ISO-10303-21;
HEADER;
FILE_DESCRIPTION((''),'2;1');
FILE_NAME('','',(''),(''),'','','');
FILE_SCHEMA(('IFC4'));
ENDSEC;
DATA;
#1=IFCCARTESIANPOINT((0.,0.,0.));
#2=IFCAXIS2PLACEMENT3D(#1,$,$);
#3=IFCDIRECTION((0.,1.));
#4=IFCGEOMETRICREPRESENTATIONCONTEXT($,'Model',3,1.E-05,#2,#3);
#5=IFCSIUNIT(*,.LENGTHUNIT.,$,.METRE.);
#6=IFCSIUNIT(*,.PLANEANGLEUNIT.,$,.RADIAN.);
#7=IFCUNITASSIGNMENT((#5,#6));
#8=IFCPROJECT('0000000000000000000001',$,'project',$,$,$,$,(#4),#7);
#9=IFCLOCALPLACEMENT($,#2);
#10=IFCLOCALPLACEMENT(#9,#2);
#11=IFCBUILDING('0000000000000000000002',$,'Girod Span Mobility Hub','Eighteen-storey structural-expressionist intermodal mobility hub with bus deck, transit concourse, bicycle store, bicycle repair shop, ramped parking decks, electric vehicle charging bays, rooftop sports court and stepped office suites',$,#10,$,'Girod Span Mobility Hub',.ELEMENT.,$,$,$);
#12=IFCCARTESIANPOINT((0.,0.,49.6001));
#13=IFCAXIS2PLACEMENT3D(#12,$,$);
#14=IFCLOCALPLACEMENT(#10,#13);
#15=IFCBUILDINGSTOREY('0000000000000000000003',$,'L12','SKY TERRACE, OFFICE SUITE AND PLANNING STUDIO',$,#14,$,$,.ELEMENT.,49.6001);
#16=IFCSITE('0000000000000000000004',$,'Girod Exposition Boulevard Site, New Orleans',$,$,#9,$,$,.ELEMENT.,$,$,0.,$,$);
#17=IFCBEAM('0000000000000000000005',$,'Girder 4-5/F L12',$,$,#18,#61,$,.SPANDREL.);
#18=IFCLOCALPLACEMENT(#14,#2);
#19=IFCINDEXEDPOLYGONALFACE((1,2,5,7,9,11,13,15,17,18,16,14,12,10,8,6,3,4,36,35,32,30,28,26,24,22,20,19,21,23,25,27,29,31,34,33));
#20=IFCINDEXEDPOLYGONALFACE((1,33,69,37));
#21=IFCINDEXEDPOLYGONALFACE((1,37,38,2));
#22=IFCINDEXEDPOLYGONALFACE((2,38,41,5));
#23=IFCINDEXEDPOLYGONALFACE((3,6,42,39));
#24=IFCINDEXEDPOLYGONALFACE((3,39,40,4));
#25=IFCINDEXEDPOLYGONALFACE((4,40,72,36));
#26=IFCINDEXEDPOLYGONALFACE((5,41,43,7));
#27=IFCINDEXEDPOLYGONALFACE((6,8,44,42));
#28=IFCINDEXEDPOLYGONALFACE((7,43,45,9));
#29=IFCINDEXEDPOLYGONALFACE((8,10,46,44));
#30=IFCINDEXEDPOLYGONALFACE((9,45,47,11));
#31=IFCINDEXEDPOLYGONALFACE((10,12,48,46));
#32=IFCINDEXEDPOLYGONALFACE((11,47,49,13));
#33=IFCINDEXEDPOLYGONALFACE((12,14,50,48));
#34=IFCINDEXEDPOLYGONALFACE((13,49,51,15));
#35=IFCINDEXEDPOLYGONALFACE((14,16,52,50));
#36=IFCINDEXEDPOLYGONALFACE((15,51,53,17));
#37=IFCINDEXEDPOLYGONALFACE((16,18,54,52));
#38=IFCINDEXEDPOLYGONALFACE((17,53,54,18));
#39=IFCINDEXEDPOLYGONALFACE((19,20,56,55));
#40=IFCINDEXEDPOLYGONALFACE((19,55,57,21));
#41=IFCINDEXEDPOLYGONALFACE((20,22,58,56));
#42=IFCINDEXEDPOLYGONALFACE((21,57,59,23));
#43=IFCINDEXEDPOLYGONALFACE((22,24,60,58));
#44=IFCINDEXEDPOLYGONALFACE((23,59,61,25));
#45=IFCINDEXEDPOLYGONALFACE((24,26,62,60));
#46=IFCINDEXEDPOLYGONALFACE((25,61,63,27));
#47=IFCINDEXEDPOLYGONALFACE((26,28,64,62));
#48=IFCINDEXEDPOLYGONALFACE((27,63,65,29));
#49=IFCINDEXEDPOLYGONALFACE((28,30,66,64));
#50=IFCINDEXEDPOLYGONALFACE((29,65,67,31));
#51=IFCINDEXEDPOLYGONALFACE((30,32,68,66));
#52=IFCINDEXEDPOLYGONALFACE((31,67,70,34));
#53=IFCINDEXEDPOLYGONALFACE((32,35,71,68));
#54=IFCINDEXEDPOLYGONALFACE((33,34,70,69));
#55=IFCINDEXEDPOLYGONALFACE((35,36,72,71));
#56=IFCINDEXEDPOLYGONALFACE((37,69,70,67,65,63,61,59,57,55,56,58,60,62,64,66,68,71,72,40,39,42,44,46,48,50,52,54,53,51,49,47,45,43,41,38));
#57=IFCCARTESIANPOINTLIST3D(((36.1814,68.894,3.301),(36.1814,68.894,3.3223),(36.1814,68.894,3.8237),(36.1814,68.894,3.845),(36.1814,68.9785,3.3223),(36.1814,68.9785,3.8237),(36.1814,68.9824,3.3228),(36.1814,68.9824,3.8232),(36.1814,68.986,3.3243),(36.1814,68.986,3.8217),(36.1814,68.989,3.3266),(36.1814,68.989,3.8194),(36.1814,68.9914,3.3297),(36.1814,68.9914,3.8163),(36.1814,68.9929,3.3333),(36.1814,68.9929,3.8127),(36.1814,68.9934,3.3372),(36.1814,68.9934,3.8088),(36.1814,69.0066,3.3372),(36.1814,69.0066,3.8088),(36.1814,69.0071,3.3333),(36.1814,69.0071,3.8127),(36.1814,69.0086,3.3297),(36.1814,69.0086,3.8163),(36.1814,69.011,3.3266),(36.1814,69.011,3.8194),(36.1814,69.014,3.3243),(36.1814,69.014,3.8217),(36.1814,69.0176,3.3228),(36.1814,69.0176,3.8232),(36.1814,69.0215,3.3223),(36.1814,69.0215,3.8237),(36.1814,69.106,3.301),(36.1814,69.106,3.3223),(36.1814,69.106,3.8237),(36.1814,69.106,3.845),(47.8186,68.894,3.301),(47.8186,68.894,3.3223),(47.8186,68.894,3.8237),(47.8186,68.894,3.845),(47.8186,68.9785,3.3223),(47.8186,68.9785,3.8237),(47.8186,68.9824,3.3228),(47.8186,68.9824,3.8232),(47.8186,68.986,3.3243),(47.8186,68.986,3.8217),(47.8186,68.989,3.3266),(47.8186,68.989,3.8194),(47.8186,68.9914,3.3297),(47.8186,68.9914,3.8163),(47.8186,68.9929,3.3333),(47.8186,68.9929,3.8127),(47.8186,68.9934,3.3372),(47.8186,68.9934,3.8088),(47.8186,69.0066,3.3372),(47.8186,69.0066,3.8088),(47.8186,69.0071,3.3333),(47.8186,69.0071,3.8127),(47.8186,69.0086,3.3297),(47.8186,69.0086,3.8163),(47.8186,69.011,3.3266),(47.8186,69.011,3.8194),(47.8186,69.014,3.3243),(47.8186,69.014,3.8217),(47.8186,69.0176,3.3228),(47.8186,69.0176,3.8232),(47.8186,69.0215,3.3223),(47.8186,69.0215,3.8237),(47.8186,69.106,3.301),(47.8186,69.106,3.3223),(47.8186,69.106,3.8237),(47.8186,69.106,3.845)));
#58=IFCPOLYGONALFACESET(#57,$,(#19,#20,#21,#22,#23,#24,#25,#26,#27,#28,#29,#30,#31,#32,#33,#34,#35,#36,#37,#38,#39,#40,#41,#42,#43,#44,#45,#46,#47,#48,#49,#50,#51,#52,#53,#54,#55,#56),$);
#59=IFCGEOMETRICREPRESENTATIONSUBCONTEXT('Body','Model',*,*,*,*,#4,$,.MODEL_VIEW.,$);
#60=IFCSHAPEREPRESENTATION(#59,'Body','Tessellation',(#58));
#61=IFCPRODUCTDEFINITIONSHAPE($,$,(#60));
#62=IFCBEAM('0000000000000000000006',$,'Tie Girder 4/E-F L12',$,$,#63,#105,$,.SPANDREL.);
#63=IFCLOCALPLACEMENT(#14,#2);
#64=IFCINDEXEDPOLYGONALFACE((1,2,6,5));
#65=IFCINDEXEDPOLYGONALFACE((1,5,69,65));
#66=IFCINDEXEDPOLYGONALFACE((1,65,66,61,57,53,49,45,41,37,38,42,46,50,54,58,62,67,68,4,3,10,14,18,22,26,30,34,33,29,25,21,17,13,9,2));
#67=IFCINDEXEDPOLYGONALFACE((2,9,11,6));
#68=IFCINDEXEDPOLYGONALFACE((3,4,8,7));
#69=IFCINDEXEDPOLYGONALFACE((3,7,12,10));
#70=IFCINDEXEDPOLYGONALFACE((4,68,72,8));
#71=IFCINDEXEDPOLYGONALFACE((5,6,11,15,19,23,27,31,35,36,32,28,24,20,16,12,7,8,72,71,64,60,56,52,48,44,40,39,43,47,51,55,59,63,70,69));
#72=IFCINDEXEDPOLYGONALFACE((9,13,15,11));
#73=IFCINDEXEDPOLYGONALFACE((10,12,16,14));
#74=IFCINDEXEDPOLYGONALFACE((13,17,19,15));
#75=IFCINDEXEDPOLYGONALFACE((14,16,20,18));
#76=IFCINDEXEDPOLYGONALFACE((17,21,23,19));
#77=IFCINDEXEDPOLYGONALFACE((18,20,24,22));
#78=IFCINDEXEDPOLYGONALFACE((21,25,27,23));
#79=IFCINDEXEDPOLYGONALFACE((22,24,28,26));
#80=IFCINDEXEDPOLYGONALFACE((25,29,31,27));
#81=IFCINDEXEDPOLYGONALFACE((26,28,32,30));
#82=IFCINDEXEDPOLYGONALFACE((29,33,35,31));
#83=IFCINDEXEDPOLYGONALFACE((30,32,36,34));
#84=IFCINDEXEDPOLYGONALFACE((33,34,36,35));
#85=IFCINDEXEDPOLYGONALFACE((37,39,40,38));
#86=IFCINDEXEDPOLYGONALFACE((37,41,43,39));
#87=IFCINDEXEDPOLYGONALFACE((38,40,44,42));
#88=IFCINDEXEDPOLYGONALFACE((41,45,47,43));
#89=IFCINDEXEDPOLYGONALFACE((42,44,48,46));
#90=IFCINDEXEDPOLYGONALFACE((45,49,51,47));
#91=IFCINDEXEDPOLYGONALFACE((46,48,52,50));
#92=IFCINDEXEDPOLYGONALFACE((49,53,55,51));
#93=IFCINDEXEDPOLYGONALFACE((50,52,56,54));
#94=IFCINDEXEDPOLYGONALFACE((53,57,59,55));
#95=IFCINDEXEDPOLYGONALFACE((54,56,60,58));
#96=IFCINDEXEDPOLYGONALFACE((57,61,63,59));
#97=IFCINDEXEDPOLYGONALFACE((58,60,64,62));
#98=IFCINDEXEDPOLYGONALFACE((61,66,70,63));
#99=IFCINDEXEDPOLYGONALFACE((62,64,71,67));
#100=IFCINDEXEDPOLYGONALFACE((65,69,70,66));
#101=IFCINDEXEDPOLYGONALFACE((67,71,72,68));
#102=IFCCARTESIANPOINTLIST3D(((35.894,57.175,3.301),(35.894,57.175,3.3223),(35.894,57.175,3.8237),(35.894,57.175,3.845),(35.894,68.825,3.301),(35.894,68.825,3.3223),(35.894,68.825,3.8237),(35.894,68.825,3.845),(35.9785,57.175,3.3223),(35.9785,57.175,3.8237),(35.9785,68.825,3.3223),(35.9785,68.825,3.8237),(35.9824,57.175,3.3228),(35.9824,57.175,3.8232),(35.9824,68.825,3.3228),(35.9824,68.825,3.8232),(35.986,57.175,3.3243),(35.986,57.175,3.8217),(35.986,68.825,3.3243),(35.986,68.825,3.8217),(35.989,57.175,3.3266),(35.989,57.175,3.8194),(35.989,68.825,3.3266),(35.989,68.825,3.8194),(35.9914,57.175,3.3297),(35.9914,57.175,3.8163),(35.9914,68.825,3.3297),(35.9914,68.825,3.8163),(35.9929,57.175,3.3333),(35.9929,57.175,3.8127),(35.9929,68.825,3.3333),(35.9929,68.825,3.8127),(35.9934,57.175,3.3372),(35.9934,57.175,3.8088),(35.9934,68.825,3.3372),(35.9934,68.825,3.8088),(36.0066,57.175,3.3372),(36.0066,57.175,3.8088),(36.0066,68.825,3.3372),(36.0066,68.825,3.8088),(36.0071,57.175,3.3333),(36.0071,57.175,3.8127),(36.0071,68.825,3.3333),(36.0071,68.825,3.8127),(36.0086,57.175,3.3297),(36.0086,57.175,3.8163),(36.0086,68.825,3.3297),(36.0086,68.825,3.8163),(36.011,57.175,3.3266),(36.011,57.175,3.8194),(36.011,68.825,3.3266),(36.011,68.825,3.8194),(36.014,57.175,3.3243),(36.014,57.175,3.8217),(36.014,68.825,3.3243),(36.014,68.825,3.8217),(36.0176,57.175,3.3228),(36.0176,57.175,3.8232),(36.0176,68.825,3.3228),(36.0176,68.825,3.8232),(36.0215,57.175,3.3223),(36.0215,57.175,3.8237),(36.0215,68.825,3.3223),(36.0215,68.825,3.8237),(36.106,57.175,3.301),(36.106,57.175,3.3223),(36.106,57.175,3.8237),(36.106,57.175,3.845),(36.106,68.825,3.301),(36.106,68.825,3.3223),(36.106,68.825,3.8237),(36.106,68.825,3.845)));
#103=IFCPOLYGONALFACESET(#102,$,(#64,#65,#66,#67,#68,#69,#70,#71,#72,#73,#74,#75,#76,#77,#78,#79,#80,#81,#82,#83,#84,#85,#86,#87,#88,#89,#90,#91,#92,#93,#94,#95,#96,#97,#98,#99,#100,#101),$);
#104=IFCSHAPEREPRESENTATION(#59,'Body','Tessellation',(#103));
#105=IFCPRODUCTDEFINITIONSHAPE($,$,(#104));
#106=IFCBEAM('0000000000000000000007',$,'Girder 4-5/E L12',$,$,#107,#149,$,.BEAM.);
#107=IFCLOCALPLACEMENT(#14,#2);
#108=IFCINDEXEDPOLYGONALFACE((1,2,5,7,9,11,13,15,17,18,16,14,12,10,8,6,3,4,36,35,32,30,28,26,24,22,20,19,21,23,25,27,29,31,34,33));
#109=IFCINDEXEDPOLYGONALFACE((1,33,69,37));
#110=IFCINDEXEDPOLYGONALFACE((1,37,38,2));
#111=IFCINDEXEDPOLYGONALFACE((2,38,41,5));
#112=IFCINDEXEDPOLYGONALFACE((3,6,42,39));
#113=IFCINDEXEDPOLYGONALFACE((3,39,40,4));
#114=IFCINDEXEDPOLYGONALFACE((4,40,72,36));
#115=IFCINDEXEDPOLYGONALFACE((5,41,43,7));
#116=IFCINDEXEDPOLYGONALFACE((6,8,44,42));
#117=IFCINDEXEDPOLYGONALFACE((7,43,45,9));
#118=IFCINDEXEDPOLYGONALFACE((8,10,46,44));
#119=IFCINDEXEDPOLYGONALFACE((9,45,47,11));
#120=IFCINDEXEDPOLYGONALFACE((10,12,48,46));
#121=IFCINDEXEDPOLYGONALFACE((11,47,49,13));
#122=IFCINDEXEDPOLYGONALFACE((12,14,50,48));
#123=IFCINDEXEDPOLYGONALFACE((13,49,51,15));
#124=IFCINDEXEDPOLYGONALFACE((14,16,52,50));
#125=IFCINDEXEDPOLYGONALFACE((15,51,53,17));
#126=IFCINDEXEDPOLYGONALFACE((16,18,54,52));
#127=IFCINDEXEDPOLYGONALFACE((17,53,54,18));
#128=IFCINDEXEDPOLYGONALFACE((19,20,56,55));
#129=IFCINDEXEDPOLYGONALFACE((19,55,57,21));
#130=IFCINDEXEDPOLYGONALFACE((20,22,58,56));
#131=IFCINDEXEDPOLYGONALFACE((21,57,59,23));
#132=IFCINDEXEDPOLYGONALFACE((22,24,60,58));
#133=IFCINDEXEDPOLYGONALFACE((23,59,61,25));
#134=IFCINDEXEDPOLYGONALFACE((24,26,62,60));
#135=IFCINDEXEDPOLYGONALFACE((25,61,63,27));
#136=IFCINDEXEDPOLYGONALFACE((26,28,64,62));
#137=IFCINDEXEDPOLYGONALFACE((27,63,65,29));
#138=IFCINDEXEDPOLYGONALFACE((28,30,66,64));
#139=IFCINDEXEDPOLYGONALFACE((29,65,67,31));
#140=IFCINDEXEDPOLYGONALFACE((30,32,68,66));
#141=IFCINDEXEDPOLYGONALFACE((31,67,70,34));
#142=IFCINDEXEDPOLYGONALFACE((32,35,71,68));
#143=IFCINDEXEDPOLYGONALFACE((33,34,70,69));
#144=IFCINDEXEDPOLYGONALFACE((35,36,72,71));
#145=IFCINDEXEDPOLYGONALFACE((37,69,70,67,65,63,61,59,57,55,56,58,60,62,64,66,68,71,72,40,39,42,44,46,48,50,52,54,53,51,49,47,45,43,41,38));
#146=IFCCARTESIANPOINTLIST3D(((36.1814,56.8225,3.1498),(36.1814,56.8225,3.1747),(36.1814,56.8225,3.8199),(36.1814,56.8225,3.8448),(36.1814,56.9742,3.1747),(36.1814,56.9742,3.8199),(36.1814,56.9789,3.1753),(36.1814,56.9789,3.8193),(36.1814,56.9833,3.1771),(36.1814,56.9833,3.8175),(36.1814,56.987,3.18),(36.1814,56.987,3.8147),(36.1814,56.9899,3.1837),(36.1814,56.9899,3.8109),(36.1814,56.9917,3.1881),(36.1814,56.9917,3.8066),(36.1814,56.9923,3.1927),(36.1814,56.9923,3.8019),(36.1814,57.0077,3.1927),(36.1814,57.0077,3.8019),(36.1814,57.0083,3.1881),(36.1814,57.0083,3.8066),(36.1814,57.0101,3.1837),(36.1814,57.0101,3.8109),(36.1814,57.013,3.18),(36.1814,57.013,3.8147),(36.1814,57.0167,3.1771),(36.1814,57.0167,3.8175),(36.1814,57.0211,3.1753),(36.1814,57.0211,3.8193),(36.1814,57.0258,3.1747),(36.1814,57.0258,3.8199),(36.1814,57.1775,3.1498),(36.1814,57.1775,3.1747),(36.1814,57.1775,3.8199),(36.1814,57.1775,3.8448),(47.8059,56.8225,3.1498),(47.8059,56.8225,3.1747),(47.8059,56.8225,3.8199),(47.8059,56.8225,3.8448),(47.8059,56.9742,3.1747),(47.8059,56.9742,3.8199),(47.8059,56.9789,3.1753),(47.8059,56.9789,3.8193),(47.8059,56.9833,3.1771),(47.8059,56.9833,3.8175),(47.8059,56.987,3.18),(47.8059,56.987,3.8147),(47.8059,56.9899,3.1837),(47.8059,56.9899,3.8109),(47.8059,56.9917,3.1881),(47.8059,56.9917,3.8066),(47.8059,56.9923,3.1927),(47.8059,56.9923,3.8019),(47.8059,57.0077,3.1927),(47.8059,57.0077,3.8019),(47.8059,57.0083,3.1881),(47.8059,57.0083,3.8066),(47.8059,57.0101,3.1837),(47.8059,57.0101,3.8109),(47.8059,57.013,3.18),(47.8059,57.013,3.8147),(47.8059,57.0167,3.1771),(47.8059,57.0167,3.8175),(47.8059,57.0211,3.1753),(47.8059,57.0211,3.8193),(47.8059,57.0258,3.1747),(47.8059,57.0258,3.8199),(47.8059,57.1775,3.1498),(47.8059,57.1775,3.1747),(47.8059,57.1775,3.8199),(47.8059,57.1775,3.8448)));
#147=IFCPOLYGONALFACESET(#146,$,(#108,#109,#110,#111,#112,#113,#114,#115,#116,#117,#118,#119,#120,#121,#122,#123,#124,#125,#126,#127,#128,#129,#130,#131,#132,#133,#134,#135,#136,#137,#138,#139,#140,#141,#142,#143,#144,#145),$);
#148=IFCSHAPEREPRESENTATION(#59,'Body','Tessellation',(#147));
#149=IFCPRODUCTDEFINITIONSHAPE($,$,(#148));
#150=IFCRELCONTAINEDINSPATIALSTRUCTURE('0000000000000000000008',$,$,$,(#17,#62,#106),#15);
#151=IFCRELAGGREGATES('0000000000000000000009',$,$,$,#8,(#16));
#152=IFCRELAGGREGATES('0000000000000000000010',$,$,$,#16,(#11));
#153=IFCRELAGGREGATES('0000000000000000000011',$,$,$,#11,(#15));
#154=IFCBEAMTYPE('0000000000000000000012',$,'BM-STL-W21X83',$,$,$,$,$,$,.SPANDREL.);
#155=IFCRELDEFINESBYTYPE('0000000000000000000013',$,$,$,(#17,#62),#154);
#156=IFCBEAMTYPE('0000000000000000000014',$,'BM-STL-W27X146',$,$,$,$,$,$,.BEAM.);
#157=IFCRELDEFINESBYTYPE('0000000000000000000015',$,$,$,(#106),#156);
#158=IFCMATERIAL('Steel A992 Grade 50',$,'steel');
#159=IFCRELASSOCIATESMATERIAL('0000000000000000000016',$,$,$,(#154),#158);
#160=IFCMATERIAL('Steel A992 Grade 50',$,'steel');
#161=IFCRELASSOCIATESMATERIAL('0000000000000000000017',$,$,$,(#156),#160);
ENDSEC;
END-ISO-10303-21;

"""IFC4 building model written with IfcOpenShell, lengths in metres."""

from ifc_helpers import new_model, si_unit, direction, frame, origin, origin_2d, place, context, subcontext, project, spatial, i_section, extrude, material, material_profile, profile_set, type_object, element, save


model = new_model("IFC4")

# Units and contexts
model_context = context("Model", 3, precision=1e-05, world=origin(), true_north=direction((0.0, 1.0)))
body_context = subcontext(model_context, "Body", "Model", "MODEL_VIEW")
ifc_project = project(units=[si_unit("LENGTHUNIT", "METRE"), si_unit("PLANEANGLEUNIT", "RADIAN")], contexts=[model_context])

# Site, building, storey
site_placement = place(None, origin())
site = spatial("IfcSite", under=ifc_project, at=site_placement, Name="Girod Exposition Boulevard Site, New Orleans", CompositionType="ELEMENT", RefElevation=0.0)
building_placement = place(site_placement, origin())
building = spatial("IfcBuilding", under=site, at=building_placement, Name="Girod Span Mobility Hub", Description="Eighteen-storey structural-expressionist intermodal mobility hub with bus deck, transit concourse, bicycle store, bicycle repair shop, ramped parking decks, electric vehicle charging bays, rooftop sports court and stepped office suites", LongName="Girod Span Mobility Hub", CompositionType="ELEMENT")
storey_placement = place(building_placement, frame((0.0, 0.0, 49.6001)))
storey = spatial("IfcBuildingStorey", under=building, at=storey_placement, Name="L12", Description="SKY TERRACE, OFFICE SUITE AND PLANNING STUDIO", CompositionType="ELEMENT", Elevation=49.6001)

# Beams
ifc_material_1 = material(Name="Steel A992 Grade 50", Category="steel")
ifc_material_profile_1 = material_profile(ifc_material_1, i_section(OverallWidth=0.2119, OverallDepth=0.5439, WebThickness=0.0132, FlangeThickness=0.0212, FilletRadius=0.0149, at=origin_2d()), Name="W21X83")
ifc_profile_set_1 = profile_set([ifc_material_profile_1], Name="Steel A992 Grade 50")
beam_type_1 = type_object("IfcBeamType", Name="BM-STL-W21X83", PredefinedType="SPANDREL", material=ifc_profile_set_1)
beam_1_placement = place(storey_placement, frame((36.1814, 69.0, 3.573), z_axis=(1.0, 0.0, 0.0), x_axis=(0.0, 1.0, 0.0)))
element("IfcBeam", 1, at=beam_1_placement, inside=storey, type_object=beam_type_1, Name="Girder 4-5/F L12", PredefinedType="SPANDREL", context=body_context, shape_type="SweptSolid", body=[
    extrude(i_section(OverallWidth=0.2119, OverallDepth=0.5439, WebThickness=0.0132, FlangeThickness=0.0212, FilletRadius=0.0149, at=origin_2d()), origin(), (0.0, 0.0, 1.0), 11.6372),
])
beam_2_placement = place(storey_placement, frame((36.0, 57.175, 3.573), z_axis=(0.0, 1.0, 0.0), x_axis=(-1.0, 0.0, 0.0)))
element("IfcBeam", 2, at=beam_2_placement, inside=storey, type_object=beam_type_1, Name="Tie Girder 4/E-F L12", PredefinedType="SPANDREL", context=body_context, shape_type="SweptSolid", body=[
    extrude(i_section(OverallWidth=0.2119, OverallDepth=0.5439, WebThickness=0.0132, FlangeThickness=0.0212, FilletRadius=0.0149, at=origin_2d()), origin(), (0.0, 0.0, 1.0), 11.6499),
])
ifc_material_2 = material(Name="Steel A992 Grade 50", Category="steel")
ifc_material_profile_2 = material_profile(ifc_material_2, i_section(OverallWidth=0.355, OverallDepth=0.6951, WebThickness=0.0154, FlangeThickness=0.0249, FilletRadius=0.0181, at=origin_2d()), Name="W27X146")
ifc_profile_set_2 = profile_set([ifc_material_profile_2], Name="Steel A992 Grade 50")
beam_type_2 = type_object("IfcBeamType", Name="BM-STL-W27X146", PredefinedType="BEAM", material=ifc_profile_set_2)
beam_3_placement = place(storey_placement, frame((36.1814, 57.0, 3.4973), z_axis=(1.0, 0.0, 0.0), x_axis=(0.0, 1.0, 0.0)))
element("IfcBeam", 3, at=beam_3_placement, inside=storey, type_object=beam_type_2, Name="Girder 4-5/E L12", PredefinedType="BEAM", context=body_context, shape_type="SweptSolid", body=[
    extrude(i_section(OverallWidth=0.355, OverallDepth=0.6951, WebThickness=0.0154, FlangeThickness=0.0249, FilletRadius=0.0181, at=origin_2d()), origin(), (0.0, 0.0, 1.0), 11.6245),
])

save(model, "model.ifc")
